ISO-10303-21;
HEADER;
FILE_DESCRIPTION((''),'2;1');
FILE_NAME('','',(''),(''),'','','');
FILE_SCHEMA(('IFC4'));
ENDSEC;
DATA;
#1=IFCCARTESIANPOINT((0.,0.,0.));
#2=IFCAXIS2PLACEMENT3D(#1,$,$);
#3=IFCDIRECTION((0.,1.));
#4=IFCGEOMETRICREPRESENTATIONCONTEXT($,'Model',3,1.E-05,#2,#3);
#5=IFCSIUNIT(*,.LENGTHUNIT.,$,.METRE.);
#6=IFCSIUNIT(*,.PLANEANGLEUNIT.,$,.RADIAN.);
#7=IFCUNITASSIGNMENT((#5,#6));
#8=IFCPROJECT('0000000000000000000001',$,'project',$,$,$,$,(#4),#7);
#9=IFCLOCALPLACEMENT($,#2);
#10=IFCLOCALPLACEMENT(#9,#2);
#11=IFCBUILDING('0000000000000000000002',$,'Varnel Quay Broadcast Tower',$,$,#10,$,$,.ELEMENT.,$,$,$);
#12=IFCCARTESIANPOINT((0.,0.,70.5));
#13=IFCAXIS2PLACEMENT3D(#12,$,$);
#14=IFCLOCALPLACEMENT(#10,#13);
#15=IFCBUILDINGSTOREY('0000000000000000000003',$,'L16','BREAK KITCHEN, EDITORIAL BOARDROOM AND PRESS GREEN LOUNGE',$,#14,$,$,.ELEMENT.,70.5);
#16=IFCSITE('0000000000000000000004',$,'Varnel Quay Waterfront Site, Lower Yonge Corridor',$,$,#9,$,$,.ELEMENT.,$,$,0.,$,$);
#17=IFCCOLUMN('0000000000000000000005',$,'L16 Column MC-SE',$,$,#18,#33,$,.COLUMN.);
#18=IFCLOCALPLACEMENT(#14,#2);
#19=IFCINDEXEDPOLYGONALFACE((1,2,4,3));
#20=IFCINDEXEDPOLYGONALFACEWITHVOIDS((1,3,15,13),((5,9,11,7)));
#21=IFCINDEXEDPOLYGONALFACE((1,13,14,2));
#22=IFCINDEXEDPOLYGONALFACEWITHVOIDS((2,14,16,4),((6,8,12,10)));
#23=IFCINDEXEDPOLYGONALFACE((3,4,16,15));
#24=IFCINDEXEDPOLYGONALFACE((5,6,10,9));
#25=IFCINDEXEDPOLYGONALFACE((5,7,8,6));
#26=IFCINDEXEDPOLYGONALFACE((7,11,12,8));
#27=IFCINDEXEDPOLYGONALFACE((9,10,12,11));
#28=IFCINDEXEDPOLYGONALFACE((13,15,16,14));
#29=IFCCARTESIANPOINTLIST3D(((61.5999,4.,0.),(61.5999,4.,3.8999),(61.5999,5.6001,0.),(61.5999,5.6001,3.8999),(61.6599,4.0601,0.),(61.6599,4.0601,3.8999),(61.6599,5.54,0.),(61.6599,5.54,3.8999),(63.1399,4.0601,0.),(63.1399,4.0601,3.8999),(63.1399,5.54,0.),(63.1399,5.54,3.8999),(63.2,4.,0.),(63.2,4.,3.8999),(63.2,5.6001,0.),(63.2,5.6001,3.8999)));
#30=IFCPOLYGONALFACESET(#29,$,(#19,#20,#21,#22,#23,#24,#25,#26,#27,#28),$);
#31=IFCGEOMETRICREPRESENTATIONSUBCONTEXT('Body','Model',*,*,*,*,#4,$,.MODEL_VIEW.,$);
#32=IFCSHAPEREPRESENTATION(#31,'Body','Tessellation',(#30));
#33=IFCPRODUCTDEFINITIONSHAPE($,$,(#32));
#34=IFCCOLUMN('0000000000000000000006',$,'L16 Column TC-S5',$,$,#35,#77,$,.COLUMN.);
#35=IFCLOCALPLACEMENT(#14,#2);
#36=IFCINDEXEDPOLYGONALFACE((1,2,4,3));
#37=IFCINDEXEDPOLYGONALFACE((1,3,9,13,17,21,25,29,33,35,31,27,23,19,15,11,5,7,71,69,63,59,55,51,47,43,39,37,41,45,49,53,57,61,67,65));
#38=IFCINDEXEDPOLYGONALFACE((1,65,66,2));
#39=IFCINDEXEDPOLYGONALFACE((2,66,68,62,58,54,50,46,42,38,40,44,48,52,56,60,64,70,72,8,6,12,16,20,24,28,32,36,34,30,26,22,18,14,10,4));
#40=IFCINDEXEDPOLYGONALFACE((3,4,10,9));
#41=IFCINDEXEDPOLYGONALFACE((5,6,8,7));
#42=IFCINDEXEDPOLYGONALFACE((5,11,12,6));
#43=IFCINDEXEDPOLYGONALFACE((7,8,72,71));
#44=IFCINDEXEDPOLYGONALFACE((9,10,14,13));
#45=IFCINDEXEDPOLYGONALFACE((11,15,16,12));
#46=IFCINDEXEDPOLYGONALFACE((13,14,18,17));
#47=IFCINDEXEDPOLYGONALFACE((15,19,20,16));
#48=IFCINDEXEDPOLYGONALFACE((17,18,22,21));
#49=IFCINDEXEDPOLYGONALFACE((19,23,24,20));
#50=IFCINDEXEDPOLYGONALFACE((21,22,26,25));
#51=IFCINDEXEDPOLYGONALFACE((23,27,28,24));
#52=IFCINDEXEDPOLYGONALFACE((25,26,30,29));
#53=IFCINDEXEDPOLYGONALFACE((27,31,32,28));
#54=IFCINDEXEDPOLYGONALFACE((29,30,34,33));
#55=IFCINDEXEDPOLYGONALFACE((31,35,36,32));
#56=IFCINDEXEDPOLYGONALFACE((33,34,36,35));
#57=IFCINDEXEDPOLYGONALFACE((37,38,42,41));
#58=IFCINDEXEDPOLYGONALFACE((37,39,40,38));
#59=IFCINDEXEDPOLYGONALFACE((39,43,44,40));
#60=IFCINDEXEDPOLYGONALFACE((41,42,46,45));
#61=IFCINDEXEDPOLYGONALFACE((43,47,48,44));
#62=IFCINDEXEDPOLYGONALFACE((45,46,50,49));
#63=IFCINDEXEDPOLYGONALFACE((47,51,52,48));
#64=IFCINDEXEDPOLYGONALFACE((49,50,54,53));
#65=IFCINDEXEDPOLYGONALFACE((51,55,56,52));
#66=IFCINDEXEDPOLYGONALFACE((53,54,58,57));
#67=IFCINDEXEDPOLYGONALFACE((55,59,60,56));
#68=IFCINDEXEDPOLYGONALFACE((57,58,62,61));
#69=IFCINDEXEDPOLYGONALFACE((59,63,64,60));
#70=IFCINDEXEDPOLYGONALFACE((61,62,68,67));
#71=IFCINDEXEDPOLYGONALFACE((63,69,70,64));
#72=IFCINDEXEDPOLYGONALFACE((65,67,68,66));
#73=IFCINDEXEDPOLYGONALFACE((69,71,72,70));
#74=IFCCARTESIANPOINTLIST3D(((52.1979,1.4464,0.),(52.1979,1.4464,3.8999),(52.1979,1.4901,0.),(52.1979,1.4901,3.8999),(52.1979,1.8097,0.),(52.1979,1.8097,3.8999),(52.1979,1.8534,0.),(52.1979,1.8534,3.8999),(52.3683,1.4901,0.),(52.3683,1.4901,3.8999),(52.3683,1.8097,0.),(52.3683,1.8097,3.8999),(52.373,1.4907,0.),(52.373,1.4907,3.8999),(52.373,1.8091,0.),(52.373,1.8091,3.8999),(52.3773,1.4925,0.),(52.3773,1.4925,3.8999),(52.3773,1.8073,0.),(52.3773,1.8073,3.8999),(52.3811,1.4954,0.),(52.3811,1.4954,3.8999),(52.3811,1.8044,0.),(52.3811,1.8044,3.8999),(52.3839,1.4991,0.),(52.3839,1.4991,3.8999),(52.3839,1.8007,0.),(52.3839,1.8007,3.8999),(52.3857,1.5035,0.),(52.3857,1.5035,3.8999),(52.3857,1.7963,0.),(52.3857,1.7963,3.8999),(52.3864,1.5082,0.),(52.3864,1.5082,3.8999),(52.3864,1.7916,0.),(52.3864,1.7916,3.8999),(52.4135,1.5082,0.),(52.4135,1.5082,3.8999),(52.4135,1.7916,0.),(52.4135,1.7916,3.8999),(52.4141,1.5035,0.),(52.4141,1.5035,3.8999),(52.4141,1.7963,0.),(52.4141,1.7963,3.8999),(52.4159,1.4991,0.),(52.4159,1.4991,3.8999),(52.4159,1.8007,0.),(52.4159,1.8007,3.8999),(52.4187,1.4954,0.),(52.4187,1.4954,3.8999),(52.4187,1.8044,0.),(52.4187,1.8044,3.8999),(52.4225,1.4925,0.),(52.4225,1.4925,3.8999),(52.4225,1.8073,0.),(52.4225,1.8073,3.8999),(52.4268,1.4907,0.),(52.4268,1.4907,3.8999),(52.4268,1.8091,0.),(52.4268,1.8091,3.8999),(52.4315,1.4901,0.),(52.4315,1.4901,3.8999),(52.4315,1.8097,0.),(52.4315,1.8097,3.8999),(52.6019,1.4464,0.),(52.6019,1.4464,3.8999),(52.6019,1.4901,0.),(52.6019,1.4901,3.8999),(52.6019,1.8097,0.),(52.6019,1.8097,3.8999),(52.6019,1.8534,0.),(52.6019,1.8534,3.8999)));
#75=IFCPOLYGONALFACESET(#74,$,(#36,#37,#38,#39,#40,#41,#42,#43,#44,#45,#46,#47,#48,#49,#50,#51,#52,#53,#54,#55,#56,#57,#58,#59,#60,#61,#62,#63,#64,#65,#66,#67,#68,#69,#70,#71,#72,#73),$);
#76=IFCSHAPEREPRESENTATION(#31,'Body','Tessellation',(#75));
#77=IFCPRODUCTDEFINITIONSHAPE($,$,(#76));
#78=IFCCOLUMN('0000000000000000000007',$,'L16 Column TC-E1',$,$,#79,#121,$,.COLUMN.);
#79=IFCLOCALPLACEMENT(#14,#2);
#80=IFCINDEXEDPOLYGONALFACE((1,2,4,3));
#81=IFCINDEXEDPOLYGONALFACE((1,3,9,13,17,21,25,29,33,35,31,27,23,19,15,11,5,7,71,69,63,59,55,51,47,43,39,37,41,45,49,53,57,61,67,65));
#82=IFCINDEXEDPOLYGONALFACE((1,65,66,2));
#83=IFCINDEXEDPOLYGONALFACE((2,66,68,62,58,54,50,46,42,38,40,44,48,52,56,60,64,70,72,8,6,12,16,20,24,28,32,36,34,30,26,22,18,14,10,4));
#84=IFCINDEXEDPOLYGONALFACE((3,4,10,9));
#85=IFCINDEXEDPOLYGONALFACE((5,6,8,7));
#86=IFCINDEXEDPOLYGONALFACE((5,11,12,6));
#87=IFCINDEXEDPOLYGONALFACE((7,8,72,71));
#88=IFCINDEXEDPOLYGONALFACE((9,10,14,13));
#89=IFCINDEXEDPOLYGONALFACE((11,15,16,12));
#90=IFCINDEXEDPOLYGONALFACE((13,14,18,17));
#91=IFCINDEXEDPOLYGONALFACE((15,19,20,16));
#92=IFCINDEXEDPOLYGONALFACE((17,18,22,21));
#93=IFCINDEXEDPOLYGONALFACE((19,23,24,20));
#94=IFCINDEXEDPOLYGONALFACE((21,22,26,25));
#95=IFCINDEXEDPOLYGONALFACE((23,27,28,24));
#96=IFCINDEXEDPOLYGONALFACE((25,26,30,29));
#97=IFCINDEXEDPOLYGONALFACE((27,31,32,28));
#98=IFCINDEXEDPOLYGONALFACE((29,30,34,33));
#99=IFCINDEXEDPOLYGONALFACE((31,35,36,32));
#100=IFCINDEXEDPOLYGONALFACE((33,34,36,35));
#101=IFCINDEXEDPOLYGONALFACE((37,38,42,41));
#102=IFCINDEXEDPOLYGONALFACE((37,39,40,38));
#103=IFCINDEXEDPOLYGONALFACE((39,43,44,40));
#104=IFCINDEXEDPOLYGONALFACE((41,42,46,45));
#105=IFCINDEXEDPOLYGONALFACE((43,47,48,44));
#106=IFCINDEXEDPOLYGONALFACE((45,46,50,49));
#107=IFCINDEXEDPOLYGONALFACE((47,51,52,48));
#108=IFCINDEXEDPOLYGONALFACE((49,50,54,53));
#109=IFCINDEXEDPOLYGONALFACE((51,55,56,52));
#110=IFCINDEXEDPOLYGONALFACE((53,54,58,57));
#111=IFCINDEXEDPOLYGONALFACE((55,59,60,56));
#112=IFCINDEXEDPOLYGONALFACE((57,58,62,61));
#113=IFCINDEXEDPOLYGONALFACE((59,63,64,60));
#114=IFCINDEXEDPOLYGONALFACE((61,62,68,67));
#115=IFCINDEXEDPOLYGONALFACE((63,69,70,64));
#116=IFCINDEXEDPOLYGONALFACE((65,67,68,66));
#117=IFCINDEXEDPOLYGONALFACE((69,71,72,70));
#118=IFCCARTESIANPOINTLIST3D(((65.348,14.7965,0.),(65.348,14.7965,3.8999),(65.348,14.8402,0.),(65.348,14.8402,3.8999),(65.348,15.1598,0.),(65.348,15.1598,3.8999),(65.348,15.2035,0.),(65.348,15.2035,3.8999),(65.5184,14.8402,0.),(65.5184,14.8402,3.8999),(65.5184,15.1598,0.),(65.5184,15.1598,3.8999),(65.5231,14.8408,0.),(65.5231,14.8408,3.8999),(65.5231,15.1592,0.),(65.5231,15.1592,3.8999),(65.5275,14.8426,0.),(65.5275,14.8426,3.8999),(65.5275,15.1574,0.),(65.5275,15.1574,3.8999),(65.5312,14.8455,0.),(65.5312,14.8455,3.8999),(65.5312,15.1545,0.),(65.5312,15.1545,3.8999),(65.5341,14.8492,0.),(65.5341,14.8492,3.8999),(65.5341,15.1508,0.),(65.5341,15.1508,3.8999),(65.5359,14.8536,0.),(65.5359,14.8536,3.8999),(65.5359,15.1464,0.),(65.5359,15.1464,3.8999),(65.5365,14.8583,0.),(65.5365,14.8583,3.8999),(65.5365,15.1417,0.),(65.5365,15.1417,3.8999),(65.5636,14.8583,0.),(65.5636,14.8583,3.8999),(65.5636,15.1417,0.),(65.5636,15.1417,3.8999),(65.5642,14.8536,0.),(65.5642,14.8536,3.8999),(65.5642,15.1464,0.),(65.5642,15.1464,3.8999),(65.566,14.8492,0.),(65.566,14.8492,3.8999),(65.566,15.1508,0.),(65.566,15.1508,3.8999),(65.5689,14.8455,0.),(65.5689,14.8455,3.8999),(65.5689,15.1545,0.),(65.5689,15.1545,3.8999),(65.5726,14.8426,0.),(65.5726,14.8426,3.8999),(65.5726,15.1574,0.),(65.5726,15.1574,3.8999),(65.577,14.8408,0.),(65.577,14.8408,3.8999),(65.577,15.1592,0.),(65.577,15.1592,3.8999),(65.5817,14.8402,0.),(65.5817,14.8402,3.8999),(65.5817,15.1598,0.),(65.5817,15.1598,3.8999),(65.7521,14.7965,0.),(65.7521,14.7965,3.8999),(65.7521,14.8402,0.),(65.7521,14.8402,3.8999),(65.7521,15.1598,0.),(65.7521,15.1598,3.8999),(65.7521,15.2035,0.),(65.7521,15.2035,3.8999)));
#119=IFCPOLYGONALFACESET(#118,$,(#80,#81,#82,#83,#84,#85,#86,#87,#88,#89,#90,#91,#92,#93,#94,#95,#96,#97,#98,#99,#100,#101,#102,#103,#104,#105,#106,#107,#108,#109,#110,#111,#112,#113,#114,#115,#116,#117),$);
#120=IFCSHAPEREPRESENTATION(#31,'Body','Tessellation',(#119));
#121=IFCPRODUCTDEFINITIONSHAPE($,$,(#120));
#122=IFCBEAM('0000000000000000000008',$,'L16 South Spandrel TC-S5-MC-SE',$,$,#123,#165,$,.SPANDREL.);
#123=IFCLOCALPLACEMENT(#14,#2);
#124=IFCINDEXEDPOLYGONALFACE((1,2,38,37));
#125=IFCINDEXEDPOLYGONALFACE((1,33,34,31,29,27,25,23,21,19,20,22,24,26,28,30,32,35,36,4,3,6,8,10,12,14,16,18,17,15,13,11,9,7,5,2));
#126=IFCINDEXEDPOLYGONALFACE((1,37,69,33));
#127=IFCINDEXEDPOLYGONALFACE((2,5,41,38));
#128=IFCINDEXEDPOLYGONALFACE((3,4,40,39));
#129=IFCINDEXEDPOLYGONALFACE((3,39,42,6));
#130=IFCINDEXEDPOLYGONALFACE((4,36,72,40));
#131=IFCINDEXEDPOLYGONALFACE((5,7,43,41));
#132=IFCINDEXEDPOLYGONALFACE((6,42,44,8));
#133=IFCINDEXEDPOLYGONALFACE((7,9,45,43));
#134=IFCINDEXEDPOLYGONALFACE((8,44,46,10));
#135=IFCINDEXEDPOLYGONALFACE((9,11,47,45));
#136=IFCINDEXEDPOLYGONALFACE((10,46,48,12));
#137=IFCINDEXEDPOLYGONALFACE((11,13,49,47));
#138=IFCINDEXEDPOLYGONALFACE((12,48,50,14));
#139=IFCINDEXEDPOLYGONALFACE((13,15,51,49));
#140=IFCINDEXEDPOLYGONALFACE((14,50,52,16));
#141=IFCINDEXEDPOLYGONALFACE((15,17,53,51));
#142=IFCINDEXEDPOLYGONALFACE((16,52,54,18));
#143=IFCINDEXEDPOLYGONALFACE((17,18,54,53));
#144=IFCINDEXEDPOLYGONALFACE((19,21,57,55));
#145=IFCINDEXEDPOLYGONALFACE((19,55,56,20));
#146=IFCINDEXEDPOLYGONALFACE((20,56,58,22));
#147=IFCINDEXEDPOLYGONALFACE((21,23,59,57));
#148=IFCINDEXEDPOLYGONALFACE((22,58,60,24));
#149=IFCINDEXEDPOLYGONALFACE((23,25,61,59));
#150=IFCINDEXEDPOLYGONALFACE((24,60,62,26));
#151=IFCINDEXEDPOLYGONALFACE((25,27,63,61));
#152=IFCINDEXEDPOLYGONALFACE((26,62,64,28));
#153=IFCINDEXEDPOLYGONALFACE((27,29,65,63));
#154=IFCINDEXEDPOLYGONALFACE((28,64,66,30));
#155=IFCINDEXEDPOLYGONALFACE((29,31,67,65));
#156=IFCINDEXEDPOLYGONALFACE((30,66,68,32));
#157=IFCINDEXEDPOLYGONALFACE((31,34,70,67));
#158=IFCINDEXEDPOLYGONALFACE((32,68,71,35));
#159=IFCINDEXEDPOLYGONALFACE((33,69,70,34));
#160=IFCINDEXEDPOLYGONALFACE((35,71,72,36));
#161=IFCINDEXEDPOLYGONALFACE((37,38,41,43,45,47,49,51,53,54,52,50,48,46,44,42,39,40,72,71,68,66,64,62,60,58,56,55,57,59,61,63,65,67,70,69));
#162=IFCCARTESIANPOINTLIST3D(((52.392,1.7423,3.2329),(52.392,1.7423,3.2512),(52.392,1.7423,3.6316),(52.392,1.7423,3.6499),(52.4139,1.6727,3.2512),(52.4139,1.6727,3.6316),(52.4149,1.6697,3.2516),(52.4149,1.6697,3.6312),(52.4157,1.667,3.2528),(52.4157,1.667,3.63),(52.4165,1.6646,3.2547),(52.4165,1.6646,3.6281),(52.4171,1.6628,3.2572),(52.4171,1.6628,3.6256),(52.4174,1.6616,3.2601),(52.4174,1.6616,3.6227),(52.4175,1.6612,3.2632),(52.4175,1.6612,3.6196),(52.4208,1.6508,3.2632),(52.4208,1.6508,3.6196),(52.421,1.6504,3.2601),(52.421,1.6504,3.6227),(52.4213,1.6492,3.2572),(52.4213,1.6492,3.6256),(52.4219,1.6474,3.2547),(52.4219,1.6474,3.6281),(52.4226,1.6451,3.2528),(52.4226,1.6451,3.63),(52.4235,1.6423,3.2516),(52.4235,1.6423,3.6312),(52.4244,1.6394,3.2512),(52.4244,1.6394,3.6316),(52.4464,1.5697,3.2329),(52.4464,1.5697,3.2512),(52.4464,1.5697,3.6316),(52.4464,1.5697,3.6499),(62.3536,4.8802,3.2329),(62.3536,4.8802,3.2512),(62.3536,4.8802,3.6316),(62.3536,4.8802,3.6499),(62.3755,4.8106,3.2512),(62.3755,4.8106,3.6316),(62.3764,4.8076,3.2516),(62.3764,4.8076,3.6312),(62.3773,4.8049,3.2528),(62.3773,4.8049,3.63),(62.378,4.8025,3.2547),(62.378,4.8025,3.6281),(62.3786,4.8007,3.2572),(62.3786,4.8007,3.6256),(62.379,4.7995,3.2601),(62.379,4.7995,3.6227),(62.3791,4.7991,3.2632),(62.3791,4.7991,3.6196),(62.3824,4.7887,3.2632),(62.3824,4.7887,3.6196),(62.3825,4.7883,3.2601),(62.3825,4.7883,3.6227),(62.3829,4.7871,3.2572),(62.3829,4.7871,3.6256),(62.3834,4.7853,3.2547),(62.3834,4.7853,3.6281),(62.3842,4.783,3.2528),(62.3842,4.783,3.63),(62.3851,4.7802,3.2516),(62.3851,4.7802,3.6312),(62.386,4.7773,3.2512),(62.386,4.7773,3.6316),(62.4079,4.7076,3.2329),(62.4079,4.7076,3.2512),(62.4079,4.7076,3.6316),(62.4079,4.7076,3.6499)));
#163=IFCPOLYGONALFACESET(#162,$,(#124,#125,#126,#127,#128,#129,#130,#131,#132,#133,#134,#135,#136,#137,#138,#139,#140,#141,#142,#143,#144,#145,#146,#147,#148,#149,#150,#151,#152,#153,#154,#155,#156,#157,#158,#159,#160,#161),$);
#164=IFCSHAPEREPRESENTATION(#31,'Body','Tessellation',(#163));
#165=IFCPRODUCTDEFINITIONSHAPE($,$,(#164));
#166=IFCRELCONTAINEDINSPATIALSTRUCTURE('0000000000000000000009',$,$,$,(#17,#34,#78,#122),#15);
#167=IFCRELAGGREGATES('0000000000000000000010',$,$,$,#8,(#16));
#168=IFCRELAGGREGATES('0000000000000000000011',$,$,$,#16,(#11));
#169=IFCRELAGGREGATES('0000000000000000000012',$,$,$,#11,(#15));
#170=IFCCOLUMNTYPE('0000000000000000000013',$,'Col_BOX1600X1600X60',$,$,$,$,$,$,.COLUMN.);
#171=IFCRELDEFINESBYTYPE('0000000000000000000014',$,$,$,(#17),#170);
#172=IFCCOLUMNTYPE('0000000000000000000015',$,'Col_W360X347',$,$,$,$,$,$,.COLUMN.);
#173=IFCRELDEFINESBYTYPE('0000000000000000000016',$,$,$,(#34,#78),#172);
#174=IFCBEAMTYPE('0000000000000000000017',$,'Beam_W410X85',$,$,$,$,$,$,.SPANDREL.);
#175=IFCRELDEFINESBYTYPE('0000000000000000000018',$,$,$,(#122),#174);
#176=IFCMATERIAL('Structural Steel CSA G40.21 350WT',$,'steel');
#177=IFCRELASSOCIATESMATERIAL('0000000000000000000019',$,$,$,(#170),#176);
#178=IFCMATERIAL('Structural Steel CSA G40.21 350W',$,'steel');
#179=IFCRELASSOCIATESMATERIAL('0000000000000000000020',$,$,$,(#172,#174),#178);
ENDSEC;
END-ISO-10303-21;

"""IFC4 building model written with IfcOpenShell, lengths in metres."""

from ifc_helpers import new_model, si_unit, direction, frame, origin, origin_2d, place, context, subcontext, project, spatial, hollow_rectangle, i_section, extrude, source, transform, mapped, material, material_profile, profile_set, type_object, type_shapes, element, save


model = new_model("IFC4")

# Units and contexts
model_context = context("Model", 3, precision=1e-05, world=origin(), true_north=direction((0.0, 1.0)))
body_context = subcontext(model_context, "Body", "Model", "MODEL_VIEW")
ifc_project = project(units=[si_unit("LENGTHUNIT", "METRE"), si_unit("PLANEANGLEUNIT", "RADIAN")], contexts=[model_context])

# Site, building, storey
site_placement = place(None, origin())
site = spatial("IfcSite", under=ifc_project, at=site_placement, Name="Varnel Quay Waterfront Site, Lower Yonge Corridor", CompositionType="ELEMENT", RefElevation=0.0)
building_placement = place(site_placement, origin())
building = spatial("IfcBuilding", under=site, at=building_placement, Name="Varnel Quay Broadcast Tower", CompositionType="ELEMENT")
storey_placement = place(building_placement, frame((0.0, 0.0, 70.5)))
storey = spatial("IfcBuildingStorey", under=building, at=storey_placement, Name="L16", Description="BREAK KITCHEN, EDITORIAL BOARDROOM AND PRESS GREEN LOUNGE", CompositionType="ELEMENT", Elevation=70.5)

# Columns
ifc_material_1 = material(Name="Structural Steel CSA G40.21 350WT", Category="steel")
ifc_material_profile_1 = material_profile(ifc_material_1, hollow_rectangle(XDim=1.6001, YDim=1.6001, WallThickness=0.0601, at=origin_2d()), Name="BOX1600X1600X60")
ifc_profile_set_1 = profile_set([ifc_material_profile_1], Name="Structural Steel CSA G40.21 350WT")
column_type_1 = type_object("IfcColumnType", Name="Col_BOX1600X1600X60", PredefinedType="COLUMN", material=ifc_profile_set_1)
shared_shape_1 = source(origin(), body_context, "Body", "SweptSolid", [
    extrude(hollow_rectangle(XDim=1.6001, YDim=1.6001, WallThickness=0.0601, at=origin_2d()), origin(), (0.0, 0.0, 1.0), 3.8999),
])
type_shapes(column_type_1, [shared_shape_1])
column_placement = place(storey_placement, frame((62.3999, 4.8, 0.0), z_axis=(0.0, 0.0, 1.0), x_axis=(1.0, 0.0, 0.0)))
element("IfcColumn", 1, at=column_placement, inside=storey, type_object=column_type_1, Name="L16 Column MC-SE", PredefinedType="COLUMN", context=body_context, shape_type="MappedRepresentation", body=[
    mapped(shared_shape_1, transform((0.0, 0.0, 0.0), x_axis=(1.0, 0.0, 0.0), y_axis=(0.0, 1.0, 0.0), z_axis=(0.0, 0.0, 1.0), scale=1.0)),
])
ifc_material_2 = material(Name="Structural Steel CSA G40.21 350W", Category="steel")
ifc_material_profile_2 = material_profile(ifc_material_2, i_section(OverallWidth=0.4041, OverallDepth=0.407, WebThickness=0.0271, FlangeThickness=0.0437, FilletRadius=0.0181, at=origin_2d()), Name="W360X347")
ifc_profile_set_2 = profile_set([ifc_material_profile_2], Name="Structural Steel CSA G40.21 350W")
column_type_2 = type_object("IfcColumnType", Name="Col_W360X347", PredefinedType="COLUMN", material=ifc_profile_set_2)
shared_shape_2 = source(origin(), body_context, "Body", "SweptSolid", [
    extrude(i_section(OverallWidth=0.4041, OverallDepth=0.407, WebThickness=0.0271, FlangeThickness=0.0437, FilletRadius=0.0181, at=origin_2d()), origin(), (0.0, 0.0, 1.0), 3.8999),
])
type_shapes(column_type_2, [shared_shape_2])
for number, where, z_axis, x_axis, name in (
    (2, (52.3999, 1.6499, 0.0), (0.0, 0.0, 1.0), (1.0, 0.0, 0.0), "L16 Column TC-S5"),
    (3, (65.55, 15.0, 0.0), (0.0, 0.0, 1.0), (1.0, 0.0, 0.0), "L16 Column TC-E1"),
):
    element("IfcColumn", number, at=place(storey_placement, frame(where, z_axis=z_axis, x_axis=x_axis)), inside=storey, type_object=column_type_2, Name=name, PredefinedType="COLUMN", context=body_context, shape_type="MappedRepresentation", body=[
        mapped(shared_shape_2, transform((0.0, 0.0, 0.0), x_axis=(1.0, 0.0, 0.0), y_axis=(0.0, 1.0, 0.0), z_axis=(0.0, 0.0, 1.0), scale=1.0)),
    ])

# Beam
ifc_material_profile_3 = material_profile(ifc_material_2, i_section(OverallWidth=0.1809, OverallDepth=0.417, WebThickness=0.011, FlangeThickness=0.0183, FilletRadius=0.012, at=origin_2d()), Name="W410X85")
ifc_profile_set_3 = profile_set([ifc_material_profile_3], Name="Structural Steel CSA G40.21 350W")
beam_type = type_object("IfcBeamType", Name="Beam_W410X85", PredefinedType="SPANDREL", material=ifc_profile_set_3)
shared_shape_3 = source(origin(), body_context, "Body", "SweptSolid", [
    extrude(i_section(OverallWidth=0.1809, OverallDepth=0.417, WebThickness=0.011, FlangeThickness=0.0183, FilletRadius=0.012, at=origin_2d()), origin(), (0.0, 0.0, 1.0), 10.4441),
])
beam_1_placement = place(storey_placement, frame((52.4192, 1.656, 3.4414), z_axis=(0.953798, 0.300448, 0.0), x_axis=(-0.300448, 0.953798, 0.0)))
element("IfcBeam", 4, at=beam_1_placement, inside=storey, type_object=beam_type, Name="L16 South Spandrel TC-S5-MC-SE", PredefinedType="SPANDREL", context=body_context, shape_type="MappedRepresentation", body=[
    mapped(shared_shape_3, transform((0.0, 0.0, 0.0), x_axis=(1.0, 0.0, 0.0), y_axis=(0.0, 1.0, 0.0), z_axis=(0.0, 0.0, 1.0), scale=1.0)),
])

save(model, "model.ifc")
